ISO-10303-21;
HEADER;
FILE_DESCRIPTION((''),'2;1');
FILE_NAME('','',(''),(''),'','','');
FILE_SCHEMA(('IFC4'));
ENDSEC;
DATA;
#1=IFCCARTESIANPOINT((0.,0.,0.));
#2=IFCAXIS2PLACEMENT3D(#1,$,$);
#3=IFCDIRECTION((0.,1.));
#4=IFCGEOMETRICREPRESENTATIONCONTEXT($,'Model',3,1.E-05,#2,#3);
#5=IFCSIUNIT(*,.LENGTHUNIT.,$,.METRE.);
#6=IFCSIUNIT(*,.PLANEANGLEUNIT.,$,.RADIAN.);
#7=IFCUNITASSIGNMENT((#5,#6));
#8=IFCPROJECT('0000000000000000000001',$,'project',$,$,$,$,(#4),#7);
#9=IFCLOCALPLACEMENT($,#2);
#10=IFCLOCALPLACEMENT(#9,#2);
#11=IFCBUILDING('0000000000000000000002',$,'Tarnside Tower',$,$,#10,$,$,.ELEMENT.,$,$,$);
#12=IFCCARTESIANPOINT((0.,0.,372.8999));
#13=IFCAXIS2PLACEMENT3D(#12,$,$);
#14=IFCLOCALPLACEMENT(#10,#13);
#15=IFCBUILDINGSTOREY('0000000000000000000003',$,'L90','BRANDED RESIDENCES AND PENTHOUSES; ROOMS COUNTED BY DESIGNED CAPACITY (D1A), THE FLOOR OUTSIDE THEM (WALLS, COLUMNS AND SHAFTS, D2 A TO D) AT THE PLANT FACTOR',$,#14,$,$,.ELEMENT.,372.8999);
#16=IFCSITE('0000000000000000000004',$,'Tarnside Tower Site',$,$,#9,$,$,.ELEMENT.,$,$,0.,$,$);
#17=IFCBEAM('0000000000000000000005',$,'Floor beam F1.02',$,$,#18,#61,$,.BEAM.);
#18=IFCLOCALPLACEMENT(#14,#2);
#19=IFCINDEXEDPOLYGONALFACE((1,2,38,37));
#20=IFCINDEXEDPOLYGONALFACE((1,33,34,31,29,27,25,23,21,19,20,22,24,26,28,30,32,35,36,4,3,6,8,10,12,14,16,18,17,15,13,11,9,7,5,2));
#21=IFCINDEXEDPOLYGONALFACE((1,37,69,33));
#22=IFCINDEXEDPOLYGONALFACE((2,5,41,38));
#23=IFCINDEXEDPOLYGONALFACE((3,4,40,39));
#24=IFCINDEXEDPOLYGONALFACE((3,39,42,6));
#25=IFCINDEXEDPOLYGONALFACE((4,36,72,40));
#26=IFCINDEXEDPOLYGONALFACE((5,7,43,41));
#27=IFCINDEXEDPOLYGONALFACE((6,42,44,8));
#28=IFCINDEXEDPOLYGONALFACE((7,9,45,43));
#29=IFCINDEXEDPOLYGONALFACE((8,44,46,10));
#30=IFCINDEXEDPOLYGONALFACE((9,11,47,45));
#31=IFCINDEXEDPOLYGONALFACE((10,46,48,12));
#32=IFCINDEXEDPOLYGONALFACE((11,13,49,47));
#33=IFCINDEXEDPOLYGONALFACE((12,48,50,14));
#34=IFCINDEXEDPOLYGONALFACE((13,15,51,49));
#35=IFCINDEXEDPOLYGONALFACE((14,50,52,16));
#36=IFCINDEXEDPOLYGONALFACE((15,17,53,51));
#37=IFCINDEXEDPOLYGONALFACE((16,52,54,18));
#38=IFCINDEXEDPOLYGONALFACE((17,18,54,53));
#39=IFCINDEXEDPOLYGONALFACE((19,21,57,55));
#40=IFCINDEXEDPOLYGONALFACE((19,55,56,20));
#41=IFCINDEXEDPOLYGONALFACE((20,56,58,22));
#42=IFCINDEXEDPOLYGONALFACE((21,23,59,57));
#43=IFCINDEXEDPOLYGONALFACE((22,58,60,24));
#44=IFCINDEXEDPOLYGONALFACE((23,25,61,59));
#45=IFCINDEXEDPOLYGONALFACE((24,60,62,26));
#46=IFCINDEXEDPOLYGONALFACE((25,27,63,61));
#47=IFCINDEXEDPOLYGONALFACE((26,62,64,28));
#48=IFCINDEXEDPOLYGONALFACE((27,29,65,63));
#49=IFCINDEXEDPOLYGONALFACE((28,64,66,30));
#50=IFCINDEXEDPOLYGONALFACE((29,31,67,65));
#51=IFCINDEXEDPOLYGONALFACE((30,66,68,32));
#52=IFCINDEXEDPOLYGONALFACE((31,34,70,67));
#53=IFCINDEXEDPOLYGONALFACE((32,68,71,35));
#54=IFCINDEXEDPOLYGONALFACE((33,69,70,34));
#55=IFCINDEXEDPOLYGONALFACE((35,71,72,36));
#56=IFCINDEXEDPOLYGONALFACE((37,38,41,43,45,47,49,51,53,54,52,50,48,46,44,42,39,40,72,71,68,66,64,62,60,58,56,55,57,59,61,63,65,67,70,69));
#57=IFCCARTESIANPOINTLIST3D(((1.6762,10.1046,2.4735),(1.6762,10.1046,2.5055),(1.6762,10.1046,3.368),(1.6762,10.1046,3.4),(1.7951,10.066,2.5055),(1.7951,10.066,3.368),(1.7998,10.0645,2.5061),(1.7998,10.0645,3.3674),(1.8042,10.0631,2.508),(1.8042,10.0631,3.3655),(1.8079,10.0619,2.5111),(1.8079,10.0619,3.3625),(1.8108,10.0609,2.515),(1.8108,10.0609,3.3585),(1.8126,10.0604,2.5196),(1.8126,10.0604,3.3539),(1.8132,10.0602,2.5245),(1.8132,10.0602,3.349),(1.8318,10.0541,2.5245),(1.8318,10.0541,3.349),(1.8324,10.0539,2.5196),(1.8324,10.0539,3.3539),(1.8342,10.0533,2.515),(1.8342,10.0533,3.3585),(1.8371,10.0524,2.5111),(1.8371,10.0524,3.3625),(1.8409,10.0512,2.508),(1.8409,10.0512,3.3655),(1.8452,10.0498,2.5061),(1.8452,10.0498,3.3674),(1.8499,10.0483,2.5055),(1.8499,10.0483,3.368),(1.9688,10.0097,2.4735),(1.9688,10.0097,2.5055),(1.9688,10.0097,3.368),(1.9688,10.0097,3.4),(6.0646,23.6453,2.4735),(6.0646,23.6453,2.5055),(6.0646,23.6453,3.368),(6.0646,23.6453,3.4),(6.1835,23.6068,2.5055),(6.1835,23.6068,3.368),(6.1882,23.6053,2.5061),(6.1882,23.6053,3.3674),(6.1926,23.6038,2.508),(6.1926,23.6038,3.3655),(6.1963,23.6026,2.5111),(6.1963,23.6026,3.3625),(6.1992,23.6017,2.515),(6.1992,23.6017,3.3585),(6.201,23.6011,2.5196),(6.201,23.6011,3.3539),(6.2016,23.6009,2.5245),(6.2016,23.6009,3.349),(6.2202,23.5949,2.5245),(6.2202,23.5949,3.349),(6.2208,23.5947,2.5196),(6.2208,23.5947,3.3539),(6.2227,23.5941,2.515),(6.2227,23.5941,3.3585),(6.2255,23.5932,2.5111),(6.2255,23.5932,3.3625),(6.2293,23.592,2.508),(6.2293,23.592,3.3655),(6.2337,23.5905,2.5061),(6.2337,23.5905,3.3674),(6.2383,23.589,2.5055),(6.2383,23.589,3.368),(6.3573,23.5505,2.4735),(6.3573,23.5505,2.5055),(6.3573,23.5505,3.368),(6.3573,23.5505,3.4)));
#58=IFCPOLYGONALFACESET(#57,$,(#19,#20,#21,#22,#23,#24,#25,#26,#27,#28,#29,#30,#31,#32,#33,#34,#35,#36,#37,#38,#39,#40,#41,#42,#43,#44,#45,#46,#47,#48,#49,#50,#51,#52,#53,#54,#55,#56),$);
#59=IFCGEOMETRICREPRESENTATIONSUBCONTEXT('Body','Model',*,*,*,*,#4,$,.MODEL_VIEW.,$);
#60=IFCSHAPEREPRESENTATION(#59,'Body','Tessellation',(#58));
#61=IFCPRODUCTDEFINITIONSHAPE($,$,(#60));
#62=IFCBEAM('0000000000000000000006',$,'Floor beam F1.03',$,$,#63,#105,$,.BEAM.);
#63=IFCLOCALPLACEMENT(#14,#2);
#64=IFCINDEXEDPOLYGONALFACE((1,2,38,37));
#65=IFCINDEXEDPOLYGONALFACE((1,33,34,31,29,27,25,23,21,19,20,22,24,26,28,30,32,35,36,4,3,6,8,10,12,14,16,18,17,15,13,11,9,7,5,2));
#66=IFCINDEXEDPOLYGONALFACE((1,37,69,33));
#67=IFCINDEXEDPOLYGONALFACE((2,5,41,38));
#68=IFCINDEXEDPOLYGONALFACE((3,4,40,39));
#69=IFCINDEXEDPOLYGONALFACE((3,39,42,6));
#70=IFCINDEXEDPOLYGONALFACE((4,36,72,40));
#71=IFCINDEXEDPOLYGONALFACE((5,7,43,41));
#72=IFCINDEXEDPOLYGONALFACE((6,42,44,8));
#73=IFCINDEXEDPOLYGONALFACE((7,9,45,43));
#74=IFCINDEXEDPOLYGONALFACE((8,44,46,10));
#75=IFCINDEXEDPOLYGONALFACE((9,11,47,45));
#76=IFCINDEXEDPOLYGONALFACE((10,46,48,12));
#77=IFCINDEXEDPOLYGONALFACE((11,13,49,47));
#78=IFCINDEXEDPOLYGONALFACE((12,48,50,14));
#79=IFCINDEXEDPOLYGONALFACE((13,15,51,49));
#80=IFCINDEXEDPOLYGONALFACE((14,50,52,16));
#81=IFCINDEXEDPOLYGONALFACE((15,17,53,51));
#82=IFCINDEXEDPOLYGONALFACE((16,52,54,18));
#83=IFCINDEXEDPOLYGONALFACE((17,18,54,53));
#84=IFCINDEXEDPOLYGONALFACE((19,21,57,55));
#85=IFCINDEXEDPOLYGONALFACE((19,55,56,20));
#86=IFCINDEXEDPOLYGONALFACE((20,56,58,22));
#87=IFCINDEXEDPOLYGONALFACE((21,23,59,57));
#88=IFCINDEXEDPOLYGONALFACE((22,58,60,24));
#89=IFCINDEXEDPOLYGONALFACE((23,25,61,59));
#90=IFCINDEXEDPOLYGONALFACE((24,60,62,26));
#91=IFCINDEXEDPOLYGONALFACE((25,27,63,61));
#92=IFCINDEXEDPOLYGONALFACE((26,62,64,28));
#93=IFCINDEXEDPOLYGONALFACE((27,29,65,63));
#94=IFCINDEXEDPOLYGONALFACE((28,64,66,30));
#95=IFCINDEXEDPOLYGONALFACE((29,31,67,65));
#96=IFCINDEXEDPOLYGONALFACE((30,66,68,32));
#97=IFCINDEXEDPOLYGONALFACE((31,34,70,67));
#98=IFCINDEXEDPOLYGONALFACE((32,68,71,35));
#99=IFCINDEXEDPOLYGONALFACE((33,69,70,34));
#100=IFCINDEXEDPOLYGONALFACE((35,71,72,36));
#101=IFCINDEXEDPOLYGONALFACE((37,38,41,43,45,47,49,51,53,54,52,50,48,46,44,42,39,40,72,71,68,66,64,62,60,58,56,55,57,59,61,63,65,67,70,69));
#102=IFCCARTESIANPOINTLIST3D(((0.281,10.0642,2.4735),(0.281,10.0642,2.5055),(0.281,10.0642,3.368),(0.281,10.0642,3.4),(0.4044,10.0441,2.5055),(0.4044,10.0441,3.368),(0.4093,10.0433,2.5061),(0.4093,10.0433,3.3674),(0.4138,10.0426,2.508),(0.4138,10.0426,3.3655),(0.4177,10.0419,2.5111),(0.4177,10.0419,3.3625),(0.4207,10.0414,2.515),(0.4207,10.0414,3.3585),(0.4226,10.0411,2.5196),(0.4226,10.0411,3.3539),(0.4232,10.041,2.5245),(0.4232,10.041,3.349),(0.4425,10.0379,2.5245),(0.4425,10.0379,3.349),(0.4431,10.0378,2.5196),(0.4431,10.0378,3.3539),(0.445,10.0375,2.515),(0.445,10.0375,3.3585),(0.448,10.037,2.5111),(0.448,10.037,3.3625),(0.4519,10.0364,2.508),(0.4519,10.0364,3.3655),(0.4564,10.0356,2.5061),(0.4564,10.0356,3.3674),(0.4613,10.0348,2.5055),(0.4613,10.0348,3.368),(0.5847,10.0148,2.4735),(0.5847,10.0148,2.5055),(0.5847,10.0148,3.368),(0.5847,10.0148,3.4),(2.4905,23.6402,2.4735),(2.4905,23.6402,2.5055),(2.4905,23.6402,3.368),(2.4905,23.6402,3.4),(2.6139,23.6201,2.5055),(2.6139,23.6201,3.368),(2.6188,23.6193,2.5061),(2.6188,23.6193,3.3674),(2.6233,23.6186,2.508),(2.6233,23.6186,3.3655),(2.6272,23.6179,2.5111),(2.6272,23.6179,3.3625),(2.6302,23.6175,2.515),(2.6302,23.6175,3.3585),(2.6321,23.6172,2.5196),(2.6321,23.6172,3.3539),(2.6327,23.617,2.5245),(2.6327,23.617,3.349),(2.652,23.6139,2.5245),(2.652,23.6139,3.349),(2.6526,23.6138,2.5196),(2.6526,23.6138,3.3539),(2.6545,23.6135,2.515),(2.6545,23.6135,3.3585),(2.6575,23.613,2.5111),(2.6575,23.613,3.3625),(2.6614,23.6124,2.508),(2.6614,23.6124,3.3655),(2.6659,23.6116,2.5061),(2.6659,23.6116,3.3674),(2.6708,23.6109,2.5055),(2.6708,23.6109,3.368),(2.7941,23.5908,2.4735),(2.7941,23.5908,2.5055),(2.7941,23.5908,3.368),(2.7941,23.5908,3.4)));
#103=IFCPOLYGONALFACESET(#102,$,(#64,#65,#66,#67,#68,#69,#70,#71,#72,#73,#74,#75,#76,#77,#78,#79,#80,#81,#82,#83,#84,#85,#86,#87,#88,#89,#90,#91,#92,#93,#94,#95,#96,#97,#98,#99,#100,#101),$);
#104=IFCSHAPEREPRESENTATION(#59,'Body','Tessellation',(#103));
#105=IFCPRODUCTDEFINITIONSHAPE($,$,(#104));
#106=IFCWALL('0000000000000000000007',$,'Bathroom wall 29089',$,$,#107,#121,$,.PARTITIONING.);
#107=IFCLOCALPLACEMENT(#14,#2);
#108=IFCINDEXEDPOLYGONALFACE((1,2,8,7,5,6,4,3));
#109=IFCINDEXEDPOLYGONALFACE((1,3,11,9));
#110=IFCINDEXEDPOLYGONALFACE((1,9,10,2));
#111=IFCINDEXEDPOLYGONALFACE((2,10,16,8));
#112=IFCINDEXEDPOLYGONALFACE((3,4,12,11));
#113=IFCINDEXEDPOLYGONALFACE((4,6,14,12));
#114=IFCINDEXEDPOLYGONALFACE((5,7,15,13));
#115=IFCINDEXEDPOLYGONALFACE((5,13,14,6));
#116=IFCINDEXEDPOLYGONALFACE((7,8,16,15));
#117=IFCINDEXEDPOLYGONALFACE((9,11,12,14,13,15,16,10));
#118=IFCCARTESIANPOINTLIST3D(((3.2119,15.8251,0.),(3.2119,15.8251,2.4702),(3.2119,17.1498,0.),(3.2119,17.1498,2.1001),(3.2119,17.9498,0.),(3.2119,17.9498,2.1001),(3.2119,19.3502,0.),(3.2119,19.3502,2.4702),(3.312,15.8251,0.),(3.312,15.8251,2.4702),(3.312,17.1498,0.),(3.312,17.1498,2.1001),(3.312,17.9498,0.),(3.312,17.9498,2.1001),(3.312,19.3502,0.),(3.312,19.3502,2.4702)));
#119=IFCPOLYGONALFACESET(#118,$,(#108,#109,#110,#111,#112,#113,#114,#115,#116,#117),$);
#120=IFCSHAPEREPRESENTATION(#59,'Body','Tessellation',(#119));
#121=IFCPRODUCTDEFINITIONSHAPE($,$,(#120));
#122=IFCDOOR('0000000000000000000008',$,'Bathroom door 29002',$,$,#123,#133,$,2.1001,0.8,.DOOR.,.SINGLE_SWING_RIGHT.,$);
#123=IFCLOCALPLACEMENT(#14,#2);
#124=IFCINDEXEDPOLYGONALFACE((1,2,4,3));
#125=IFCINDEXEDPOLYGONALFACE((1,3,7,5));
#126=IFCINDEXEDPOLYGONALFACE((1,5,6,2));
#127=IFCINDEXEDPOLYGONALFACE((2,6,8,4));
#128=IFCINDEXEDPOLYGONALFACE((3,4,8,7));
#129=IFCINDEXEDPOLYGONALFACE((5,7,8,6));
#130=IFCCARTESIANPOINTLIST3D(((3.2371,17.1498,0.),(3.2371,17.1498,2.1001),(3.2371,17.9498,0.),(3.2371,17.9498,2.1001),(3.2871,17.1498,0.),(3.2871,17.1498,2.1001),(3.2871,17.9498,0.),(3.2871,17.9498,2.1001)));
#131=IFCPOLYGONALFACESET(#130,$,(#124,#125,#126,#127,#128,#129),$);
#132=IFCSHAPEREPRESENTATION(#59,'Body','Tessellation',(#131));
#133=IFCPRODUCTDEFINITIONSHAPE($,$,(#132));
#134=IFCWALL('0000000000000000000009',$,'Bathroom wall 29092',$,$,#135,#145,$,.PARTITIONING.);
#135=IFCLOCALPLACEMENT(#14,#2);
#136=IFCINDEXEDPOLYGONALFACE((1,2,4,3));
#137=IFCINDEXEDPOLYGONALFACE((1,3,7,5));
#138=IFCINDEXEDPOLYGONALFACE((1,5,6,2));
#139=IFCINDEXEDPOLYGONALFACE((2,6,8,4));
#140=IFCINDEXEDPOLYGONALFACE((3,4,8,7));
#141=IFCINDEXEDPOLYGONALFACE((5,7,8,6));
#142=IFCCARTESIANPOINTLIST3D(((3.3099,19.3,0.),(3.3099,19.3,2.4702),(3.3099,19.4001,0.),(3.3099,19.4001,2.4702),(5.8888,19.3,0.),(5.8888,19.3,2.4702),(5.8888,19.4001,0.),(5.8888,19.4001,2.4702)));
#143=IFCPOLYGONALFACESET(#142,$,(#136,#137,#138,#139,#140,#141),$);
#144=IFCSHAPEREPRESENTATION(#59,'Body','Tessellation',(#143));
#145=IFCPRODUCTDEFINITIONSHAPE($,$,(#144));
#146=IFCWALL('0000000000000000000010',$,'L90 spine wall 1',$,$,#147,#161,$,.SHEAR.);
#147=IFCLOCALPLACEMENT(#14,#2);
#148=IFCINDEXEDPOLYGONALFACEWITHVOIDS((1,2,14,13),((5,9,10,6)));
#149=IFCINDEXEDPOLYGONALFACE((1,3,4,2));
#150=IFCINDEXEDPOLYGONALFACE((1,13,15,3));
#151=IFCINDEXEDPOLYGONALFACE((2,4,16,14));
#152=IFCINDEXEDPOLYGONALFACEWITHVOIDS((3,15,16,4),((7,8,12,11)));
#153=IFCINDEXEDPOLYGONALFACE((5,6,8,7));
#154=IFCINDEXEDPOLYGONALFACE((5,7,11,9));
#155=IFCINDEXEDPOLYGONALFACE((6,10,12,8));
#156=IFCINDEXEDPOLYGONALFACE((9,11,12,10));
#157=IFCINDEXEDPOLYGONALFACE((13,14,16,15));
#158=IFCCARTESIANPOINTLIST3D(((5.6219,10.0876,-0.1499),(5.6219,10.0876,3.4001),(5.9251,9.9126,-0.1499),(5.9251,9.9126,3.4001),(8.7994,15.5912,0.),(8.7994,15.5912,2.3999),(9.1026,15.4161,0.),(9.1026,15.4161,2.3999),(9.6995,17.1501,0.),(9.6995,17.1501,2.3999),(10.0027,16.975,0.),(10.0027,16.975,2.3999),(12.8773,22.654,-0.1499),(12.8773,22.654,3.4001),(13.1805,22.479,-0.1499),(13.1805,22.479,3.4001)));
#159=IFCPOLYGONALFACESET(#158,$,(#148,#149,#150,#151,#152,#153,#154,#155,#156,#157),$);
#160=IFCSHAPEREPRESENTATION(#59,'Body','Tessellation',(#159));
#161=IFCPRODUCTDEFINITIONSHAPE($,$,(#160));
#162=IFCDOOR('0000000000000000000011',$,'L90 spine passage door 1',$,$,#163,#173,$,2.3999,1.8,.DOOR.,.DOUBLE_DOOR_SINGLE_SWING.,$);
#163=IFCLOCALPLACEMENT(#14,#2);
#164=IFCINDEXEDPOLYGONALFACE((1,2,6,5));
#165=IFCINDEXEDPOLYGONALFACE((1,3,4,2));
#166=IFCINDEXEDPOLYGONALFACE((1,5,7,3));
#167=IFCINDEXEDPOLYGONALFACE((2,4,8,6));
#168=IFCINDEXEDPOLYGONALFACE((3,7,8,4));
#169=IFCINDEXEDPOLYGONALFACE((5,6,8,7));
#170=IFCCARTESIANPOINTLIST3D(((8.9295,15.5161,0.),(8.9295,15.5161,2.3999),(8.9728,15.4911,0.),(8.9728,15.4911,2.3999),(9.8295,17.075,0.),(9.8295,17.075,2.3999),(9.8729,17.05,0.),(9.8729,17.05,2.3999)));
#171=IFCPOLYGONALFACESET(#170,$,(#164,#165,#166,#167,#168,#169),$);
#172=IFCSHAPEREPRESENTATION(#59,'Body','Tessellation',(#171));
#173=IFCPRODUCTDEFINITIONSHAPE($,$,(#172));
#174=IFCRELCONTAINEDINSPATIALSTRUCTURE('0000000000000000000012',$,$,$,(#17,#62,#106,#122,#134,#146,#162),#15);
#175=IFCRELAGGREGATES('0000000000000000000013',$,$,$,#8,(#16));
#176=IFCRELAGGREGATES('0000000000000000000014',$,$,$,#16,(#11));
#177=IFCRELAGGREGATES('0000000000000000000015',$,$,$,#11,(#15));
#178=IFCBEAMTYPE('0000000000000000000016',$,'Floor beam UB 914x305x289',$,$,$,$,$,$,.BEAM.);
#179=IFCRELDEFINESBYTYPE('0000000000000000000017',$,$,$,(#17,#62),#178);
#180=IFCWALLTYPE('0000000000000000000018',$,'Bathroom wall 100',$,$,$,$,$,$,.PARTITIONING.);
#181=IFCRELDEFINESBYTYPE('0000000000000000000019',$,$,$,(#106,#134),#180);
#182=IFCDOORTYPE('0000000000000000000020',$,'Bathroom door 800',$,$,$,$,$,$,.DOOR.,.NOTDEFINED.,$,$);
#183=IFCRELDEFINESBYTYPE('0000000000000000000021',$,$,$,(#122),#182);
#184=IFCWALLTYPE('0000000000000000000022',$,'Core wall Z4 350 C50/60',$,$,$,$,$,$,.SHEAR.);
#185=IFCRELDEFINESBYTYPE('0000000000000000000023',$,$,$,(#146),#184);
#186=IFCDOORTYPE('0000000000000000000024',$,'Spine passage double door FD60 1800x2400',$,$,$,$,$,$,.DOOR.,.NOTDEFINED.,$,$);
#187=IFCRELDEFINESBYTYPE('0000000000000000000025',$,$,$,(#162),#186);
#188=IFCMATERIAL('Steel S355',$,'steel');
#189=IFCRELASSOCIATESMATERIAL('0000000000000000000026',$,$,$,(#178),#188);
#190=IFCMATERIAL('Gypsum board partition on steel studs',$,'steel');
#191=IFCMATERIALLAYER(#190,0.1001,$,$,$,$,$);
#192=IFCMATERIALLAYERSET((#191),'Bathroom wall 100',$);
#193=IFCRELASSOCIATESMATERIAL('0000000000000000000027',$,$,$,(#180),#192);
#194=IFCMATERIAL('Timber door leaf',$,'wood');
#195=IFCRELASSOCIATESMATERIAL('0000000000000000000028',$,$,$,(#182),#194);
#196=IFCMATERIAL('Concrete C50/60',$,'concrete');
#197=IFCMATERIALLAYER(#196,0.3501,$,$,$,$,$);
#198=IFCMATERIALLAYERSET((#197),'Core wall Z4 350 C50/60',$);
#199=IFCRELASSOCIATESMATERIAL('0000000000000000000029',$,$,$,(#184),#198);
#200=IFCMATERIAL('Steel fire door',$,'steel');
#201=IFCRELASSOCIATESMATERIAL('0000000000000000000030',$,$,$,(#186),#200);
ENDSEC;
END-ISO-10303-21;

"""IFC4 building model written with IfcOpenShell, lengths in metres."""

from ifc_helpers import new_model, si_unit, direction, frame, frame_2d, origin, origin_2d, place, context, subcontext, project, spatial, rectangle, i_section, extrude, material, layer, layer_set, material_profile, profile_set, type_object, element, fill, save


model = new_model("IFC4")

# Units and contexts
model_context = context("Model", 3, precision=1e-05, world=origin(), true_north=direction((0.0, 1.0)))
body_context = subcontext(model_context, "Body", "Model", "MODEL_VIEW")
ifc_project = project(units=[si_unit("LENGTHUNIT", "METRE"), si_unit("PLANEANGLEUNIT", "RADIAN")], contexts=[model_context])

# Site, building, storey
site_placement = place(None, origin())
site = spatial("IfcSite", under=ifc_project, at=site_placement, Name="Tarnside Tower Site", CompositionType="ELEMENT", RefElevation=0.0)
building_placement = place(site_placement, origin())
building = spatial("IfcBuilding", under=site, at=building_placement, Name="Tarnside Tower", CompositionType="ELEMENT")
storey_placement = place(building_placement, frame((0.0, 0.0, 372.8999)))
storey = spatial("IfcBuildingStorey", under=building, at=storey_placement, Name="L90", Description="BRANDED RESIDENCES AND PENTHOUSES; ROOMS COUNTED BY DESIGNED CAPACITY (D1A), THE FLOOR OUTSIDE THEM (WALLS, COLUMNS AND SHAFTS, D2 A TO D) AT THE PLANT FACTOR", CompositionType="ELEMENT", Elevation=372.8999)

# Beams
ifc_material_1 = material(Name="Steel S355", Category="steel")
ifc_material_profile = material_profile(ifc_material_1, i_section(OverallWidth=0.3076, OverallDepth=0.9265, WebThickness=0.0195, FlangeThickness=0.032, FilletRadius=0.019, at=origin_2d()), Name="UB 914x305x289")
ifc_profile_set = profile_set([ifc_material_profile], Name="Steel S355")
beam_type = type_object("IfcBeamType", Name="Floor beam UB 914x305x289", PredefinedType="BEAM", material=ifc_profile_set)
beam_1_placement = place(storey_placement, frame((6.2109, 23.5979, 2.9368), z_axis=(-0.308303, -0.951288, 0.0), x_axis=(0.951288, -0.308303, 0.0)))
element("IfcBeam", 1, at=beam_1_placement, inside=storey, type_object=beam_type, Name="Floor beam F1.02", PredefinedType="BEAM", context=body_context, shape_type="SweptSolid", body=[
    extrude(i_section(OverallWidth=0.3076, OverallDepth=0.9265, WebThickness=0.0195, FlangeThickness=0.032, FilletRadius=0.019, at=origin_2d()), origin(), (0.0, 0.0, 1.0), 14.2341),
])
beam_2_placement = place(storey_placement, frame((2.6423, 23.6155, 2.9368), z_axis=(-0.160636, -0.987014, 0.0), x_axis=(0.987014, -0.160636, 0.0)))
element("IfcBeam", 2, at=beam_2_placement, inside=storey, type_object=beam_type, Name="Floor beam F1.03", PredefinedType="BEAM", context=body_context, shape_type="SweptSolid", body=[
    extrude(i_section(OverallWidth=0.3076, OverallDepth=0.9265, WebThickness=0.0195, FlangeThickness=0.032, FilletRadius=0.019, at=origin_2d()), origin(), (0.0, 0.0, 1.0), 13.7546),
])

# Wall, opening, door
ifc_material_2 = material(Name="Gypsum board partition on steel studs", Category="steel")
ifc_layer_1 = layer(ifc_material_2, 0.1001)
ifc_layer_set_1 = layer_set([ifc_layer_1], Name="Bathroom wall 100")
wall_type_1 = type_object("IfcWallType", Name="Bathroom wall 100", PredefinedType="PARTITIONING", material=ifc_layer_set_1)
wall_1_placement = place(storey_placement, frame((3.262, 15.825, 0.0), z_axis=(0.0, 0.0, 1.0), x_axis=(0.0, 1.0, 0.0)))
wall_1 = element("IfcWall", 3, at=wall_1_placement, inside=storey, type_object=wall_type_1, Name="Bathroom wall 29089", PredefinedType="PARTITIONING", context=body_context, shape_type="SweptSolid", body=[
    extrude(rectangle(XDim=3.5251, YDim=0.1001, at=frame_2d((1.7627, 0.0))), origin(), (0.0, 0.0, 1.0), 2.4702),
])
opening_1_placement = place(wall_1_placement, frame((1.325, 0.0, 0.0)))
opening_1 = element("IfcOpeningElement", 4, at=opening_1_placement, cuts=wall_1, PredefinedType="OPENING", context=body_context, shape_type="SweptSolid", body=[
    extrude(rectangle(XDim=0.8, YDim=2.1001, at=frame_2d((0.3999, 1.05))), frame((0.0, 0.0601, 0.0), z_axis=(0.0, -1.0, 0.0), x_axis=(1.0, 0.0, 0.0)), (0.0, 0.0, 1.0), 0.1201),
])
ifc_material_3 = material(Name="Timber door leaf", Category="wood")
door_type_1 = type_object("IfcDoorType", Name="Bathroom door 800", OperationType="NOTDEFINED", PredefinedType="DOOR", material=ifc_material_3)
door_1_placement = place(opening_1_placement, origin())
door_1 = element("IfcDoor", 5, at=door_1_placement, inside=storey, type_object=door_type_1, Name="Bathroom door 29002", OperationType="SINGLE_SWING_RIGHT", OverallHeight=2.1001, OverallWidth=0.8, PredefinedType="DOOR", context=body_context, shape_type="SweptSolid", body=[
    extrude(rectangle(XDim=0.8, YDim=2.1001, at=frame_2d((0.3999, 1.05))), frame((0.0, 0.0249, 0.0), z_axis=(0.0, -1.0, 0.0), x_axis=(1.0, 0.0, 0.0)), (0.0, 0.0, 1.0), 0.05),
])
fill(opening_1, door_1)

# Wall
wall_2_placement = place(storey_placement, frame((5.8889, 19.3501, 0.0), z_axis=(0.0, 0.0, 1.0), x_axis=(-1.0, 0.0, 0.0)))
element("IfcWall", 6, at=wall_2_placement, inside=storey, type_object=wall_type_1, Name="Bathroom wall 29092", PredefinedType="PARTITIONING", context=body_context, shape_type="SweptSolid", body=[
    extrude(rectangle(XDim=2.5789, YDim=0.1001, at=frame_2d((1.2896, 0.0))), origin(), (0.0, 0.0, 1.0), 2.4702),
])

# Wall, opening, door
ifc_material_4 = material(Name="Concrete C50/60", Category="concrete")
ifc_layer_2 = layer(ifc_material_4, 0.3501)
ifc_layer_set_2 = layer_set([ifc_layer_2], Name="Core wall Z4 350 C50/60")
wall_type_2 = type_object("IfcWallType", Name="Core wall Z4 350 C50/60", PredefinedType="SHEAR", material=ifc_layer_set_2)
wall_3_placement = place(storey_placement, frame((5.7734, 10.0, -0.1499), z_axis=(0.0, 0.0, 1.0), x_axis=(0.500008, 0.866021, 0.0)))
wall_3 = element("IfcWall", 7, at=wall_3_placement, inside=storey, type_object=wall_type_2, Name="L90 spine wall 1", PredefinedType="SHEAR", context=body_context, shape_type="SweptSolid", body=[
    extrude(rectangle(XDim=14.5105, YDim=0.3501, at=frame_2d((7.2554, 0.0))), origin(), (0.0, 0.0, 1.0), 3.55),
])
opening_2_placement = place(wall_3_placement, frame((6.3552, 0.0, 0.1499)))
opening_2 = element("IfcOpeningElement", 8, at=opening_2_placement, cuts=wall_3, PredefinedType="OPENING", context=body_context, shape_type="SweptSolid", body=[
    extrude(rectangle(XDim=1.8, YDim=2.3999, at=frame_2d((0.8999, 1.2))), frame((0.0, 0.1851, 0.0), z_axis=(0.0, -1.0, 0.0), x_axis=(1.0, 0.0, 0.0)), (0.0, 0.0, 1.0), 0.3701),
])
ifc_material_5 = material(Name="Steel fire door", Category="steel")
door_type_2 = type_object("IfcDoorType", Name="Spine passage double door FD60 1800x2400", OperationType="NOTDEFINED", PredefinedType="DOOR", material=ifc_material_5)
door_2_placement = place(opening_2_placement, origin())
door_2 = element("IfcDoor", 9, at=door_2_placement, inside=storey, type_object=door_type_2, Name="L90 spine passage door 1", OperationType="DOUBLE_DOOR_SINGLE_SWING", OverallHeight=2.3999, OverallWidth=1.8, PredefinedType="DOOR", context=body_context, shape_type="SweptSolid", body=[
    extrude(rectangle(XDim=1.8, YDim=2.3999, at=frame_2d((0.8999, 1.2))), frame((0.0, 0.0249, 0.0), z_axis=(0.0, -1.0, 0.0), x_axis=(1.0, 0.0, 0.0)), (0.0, 0.0, 1.0), 0.05),
])
fill(opening_2, door_2)

save(model, "model.ifc")
